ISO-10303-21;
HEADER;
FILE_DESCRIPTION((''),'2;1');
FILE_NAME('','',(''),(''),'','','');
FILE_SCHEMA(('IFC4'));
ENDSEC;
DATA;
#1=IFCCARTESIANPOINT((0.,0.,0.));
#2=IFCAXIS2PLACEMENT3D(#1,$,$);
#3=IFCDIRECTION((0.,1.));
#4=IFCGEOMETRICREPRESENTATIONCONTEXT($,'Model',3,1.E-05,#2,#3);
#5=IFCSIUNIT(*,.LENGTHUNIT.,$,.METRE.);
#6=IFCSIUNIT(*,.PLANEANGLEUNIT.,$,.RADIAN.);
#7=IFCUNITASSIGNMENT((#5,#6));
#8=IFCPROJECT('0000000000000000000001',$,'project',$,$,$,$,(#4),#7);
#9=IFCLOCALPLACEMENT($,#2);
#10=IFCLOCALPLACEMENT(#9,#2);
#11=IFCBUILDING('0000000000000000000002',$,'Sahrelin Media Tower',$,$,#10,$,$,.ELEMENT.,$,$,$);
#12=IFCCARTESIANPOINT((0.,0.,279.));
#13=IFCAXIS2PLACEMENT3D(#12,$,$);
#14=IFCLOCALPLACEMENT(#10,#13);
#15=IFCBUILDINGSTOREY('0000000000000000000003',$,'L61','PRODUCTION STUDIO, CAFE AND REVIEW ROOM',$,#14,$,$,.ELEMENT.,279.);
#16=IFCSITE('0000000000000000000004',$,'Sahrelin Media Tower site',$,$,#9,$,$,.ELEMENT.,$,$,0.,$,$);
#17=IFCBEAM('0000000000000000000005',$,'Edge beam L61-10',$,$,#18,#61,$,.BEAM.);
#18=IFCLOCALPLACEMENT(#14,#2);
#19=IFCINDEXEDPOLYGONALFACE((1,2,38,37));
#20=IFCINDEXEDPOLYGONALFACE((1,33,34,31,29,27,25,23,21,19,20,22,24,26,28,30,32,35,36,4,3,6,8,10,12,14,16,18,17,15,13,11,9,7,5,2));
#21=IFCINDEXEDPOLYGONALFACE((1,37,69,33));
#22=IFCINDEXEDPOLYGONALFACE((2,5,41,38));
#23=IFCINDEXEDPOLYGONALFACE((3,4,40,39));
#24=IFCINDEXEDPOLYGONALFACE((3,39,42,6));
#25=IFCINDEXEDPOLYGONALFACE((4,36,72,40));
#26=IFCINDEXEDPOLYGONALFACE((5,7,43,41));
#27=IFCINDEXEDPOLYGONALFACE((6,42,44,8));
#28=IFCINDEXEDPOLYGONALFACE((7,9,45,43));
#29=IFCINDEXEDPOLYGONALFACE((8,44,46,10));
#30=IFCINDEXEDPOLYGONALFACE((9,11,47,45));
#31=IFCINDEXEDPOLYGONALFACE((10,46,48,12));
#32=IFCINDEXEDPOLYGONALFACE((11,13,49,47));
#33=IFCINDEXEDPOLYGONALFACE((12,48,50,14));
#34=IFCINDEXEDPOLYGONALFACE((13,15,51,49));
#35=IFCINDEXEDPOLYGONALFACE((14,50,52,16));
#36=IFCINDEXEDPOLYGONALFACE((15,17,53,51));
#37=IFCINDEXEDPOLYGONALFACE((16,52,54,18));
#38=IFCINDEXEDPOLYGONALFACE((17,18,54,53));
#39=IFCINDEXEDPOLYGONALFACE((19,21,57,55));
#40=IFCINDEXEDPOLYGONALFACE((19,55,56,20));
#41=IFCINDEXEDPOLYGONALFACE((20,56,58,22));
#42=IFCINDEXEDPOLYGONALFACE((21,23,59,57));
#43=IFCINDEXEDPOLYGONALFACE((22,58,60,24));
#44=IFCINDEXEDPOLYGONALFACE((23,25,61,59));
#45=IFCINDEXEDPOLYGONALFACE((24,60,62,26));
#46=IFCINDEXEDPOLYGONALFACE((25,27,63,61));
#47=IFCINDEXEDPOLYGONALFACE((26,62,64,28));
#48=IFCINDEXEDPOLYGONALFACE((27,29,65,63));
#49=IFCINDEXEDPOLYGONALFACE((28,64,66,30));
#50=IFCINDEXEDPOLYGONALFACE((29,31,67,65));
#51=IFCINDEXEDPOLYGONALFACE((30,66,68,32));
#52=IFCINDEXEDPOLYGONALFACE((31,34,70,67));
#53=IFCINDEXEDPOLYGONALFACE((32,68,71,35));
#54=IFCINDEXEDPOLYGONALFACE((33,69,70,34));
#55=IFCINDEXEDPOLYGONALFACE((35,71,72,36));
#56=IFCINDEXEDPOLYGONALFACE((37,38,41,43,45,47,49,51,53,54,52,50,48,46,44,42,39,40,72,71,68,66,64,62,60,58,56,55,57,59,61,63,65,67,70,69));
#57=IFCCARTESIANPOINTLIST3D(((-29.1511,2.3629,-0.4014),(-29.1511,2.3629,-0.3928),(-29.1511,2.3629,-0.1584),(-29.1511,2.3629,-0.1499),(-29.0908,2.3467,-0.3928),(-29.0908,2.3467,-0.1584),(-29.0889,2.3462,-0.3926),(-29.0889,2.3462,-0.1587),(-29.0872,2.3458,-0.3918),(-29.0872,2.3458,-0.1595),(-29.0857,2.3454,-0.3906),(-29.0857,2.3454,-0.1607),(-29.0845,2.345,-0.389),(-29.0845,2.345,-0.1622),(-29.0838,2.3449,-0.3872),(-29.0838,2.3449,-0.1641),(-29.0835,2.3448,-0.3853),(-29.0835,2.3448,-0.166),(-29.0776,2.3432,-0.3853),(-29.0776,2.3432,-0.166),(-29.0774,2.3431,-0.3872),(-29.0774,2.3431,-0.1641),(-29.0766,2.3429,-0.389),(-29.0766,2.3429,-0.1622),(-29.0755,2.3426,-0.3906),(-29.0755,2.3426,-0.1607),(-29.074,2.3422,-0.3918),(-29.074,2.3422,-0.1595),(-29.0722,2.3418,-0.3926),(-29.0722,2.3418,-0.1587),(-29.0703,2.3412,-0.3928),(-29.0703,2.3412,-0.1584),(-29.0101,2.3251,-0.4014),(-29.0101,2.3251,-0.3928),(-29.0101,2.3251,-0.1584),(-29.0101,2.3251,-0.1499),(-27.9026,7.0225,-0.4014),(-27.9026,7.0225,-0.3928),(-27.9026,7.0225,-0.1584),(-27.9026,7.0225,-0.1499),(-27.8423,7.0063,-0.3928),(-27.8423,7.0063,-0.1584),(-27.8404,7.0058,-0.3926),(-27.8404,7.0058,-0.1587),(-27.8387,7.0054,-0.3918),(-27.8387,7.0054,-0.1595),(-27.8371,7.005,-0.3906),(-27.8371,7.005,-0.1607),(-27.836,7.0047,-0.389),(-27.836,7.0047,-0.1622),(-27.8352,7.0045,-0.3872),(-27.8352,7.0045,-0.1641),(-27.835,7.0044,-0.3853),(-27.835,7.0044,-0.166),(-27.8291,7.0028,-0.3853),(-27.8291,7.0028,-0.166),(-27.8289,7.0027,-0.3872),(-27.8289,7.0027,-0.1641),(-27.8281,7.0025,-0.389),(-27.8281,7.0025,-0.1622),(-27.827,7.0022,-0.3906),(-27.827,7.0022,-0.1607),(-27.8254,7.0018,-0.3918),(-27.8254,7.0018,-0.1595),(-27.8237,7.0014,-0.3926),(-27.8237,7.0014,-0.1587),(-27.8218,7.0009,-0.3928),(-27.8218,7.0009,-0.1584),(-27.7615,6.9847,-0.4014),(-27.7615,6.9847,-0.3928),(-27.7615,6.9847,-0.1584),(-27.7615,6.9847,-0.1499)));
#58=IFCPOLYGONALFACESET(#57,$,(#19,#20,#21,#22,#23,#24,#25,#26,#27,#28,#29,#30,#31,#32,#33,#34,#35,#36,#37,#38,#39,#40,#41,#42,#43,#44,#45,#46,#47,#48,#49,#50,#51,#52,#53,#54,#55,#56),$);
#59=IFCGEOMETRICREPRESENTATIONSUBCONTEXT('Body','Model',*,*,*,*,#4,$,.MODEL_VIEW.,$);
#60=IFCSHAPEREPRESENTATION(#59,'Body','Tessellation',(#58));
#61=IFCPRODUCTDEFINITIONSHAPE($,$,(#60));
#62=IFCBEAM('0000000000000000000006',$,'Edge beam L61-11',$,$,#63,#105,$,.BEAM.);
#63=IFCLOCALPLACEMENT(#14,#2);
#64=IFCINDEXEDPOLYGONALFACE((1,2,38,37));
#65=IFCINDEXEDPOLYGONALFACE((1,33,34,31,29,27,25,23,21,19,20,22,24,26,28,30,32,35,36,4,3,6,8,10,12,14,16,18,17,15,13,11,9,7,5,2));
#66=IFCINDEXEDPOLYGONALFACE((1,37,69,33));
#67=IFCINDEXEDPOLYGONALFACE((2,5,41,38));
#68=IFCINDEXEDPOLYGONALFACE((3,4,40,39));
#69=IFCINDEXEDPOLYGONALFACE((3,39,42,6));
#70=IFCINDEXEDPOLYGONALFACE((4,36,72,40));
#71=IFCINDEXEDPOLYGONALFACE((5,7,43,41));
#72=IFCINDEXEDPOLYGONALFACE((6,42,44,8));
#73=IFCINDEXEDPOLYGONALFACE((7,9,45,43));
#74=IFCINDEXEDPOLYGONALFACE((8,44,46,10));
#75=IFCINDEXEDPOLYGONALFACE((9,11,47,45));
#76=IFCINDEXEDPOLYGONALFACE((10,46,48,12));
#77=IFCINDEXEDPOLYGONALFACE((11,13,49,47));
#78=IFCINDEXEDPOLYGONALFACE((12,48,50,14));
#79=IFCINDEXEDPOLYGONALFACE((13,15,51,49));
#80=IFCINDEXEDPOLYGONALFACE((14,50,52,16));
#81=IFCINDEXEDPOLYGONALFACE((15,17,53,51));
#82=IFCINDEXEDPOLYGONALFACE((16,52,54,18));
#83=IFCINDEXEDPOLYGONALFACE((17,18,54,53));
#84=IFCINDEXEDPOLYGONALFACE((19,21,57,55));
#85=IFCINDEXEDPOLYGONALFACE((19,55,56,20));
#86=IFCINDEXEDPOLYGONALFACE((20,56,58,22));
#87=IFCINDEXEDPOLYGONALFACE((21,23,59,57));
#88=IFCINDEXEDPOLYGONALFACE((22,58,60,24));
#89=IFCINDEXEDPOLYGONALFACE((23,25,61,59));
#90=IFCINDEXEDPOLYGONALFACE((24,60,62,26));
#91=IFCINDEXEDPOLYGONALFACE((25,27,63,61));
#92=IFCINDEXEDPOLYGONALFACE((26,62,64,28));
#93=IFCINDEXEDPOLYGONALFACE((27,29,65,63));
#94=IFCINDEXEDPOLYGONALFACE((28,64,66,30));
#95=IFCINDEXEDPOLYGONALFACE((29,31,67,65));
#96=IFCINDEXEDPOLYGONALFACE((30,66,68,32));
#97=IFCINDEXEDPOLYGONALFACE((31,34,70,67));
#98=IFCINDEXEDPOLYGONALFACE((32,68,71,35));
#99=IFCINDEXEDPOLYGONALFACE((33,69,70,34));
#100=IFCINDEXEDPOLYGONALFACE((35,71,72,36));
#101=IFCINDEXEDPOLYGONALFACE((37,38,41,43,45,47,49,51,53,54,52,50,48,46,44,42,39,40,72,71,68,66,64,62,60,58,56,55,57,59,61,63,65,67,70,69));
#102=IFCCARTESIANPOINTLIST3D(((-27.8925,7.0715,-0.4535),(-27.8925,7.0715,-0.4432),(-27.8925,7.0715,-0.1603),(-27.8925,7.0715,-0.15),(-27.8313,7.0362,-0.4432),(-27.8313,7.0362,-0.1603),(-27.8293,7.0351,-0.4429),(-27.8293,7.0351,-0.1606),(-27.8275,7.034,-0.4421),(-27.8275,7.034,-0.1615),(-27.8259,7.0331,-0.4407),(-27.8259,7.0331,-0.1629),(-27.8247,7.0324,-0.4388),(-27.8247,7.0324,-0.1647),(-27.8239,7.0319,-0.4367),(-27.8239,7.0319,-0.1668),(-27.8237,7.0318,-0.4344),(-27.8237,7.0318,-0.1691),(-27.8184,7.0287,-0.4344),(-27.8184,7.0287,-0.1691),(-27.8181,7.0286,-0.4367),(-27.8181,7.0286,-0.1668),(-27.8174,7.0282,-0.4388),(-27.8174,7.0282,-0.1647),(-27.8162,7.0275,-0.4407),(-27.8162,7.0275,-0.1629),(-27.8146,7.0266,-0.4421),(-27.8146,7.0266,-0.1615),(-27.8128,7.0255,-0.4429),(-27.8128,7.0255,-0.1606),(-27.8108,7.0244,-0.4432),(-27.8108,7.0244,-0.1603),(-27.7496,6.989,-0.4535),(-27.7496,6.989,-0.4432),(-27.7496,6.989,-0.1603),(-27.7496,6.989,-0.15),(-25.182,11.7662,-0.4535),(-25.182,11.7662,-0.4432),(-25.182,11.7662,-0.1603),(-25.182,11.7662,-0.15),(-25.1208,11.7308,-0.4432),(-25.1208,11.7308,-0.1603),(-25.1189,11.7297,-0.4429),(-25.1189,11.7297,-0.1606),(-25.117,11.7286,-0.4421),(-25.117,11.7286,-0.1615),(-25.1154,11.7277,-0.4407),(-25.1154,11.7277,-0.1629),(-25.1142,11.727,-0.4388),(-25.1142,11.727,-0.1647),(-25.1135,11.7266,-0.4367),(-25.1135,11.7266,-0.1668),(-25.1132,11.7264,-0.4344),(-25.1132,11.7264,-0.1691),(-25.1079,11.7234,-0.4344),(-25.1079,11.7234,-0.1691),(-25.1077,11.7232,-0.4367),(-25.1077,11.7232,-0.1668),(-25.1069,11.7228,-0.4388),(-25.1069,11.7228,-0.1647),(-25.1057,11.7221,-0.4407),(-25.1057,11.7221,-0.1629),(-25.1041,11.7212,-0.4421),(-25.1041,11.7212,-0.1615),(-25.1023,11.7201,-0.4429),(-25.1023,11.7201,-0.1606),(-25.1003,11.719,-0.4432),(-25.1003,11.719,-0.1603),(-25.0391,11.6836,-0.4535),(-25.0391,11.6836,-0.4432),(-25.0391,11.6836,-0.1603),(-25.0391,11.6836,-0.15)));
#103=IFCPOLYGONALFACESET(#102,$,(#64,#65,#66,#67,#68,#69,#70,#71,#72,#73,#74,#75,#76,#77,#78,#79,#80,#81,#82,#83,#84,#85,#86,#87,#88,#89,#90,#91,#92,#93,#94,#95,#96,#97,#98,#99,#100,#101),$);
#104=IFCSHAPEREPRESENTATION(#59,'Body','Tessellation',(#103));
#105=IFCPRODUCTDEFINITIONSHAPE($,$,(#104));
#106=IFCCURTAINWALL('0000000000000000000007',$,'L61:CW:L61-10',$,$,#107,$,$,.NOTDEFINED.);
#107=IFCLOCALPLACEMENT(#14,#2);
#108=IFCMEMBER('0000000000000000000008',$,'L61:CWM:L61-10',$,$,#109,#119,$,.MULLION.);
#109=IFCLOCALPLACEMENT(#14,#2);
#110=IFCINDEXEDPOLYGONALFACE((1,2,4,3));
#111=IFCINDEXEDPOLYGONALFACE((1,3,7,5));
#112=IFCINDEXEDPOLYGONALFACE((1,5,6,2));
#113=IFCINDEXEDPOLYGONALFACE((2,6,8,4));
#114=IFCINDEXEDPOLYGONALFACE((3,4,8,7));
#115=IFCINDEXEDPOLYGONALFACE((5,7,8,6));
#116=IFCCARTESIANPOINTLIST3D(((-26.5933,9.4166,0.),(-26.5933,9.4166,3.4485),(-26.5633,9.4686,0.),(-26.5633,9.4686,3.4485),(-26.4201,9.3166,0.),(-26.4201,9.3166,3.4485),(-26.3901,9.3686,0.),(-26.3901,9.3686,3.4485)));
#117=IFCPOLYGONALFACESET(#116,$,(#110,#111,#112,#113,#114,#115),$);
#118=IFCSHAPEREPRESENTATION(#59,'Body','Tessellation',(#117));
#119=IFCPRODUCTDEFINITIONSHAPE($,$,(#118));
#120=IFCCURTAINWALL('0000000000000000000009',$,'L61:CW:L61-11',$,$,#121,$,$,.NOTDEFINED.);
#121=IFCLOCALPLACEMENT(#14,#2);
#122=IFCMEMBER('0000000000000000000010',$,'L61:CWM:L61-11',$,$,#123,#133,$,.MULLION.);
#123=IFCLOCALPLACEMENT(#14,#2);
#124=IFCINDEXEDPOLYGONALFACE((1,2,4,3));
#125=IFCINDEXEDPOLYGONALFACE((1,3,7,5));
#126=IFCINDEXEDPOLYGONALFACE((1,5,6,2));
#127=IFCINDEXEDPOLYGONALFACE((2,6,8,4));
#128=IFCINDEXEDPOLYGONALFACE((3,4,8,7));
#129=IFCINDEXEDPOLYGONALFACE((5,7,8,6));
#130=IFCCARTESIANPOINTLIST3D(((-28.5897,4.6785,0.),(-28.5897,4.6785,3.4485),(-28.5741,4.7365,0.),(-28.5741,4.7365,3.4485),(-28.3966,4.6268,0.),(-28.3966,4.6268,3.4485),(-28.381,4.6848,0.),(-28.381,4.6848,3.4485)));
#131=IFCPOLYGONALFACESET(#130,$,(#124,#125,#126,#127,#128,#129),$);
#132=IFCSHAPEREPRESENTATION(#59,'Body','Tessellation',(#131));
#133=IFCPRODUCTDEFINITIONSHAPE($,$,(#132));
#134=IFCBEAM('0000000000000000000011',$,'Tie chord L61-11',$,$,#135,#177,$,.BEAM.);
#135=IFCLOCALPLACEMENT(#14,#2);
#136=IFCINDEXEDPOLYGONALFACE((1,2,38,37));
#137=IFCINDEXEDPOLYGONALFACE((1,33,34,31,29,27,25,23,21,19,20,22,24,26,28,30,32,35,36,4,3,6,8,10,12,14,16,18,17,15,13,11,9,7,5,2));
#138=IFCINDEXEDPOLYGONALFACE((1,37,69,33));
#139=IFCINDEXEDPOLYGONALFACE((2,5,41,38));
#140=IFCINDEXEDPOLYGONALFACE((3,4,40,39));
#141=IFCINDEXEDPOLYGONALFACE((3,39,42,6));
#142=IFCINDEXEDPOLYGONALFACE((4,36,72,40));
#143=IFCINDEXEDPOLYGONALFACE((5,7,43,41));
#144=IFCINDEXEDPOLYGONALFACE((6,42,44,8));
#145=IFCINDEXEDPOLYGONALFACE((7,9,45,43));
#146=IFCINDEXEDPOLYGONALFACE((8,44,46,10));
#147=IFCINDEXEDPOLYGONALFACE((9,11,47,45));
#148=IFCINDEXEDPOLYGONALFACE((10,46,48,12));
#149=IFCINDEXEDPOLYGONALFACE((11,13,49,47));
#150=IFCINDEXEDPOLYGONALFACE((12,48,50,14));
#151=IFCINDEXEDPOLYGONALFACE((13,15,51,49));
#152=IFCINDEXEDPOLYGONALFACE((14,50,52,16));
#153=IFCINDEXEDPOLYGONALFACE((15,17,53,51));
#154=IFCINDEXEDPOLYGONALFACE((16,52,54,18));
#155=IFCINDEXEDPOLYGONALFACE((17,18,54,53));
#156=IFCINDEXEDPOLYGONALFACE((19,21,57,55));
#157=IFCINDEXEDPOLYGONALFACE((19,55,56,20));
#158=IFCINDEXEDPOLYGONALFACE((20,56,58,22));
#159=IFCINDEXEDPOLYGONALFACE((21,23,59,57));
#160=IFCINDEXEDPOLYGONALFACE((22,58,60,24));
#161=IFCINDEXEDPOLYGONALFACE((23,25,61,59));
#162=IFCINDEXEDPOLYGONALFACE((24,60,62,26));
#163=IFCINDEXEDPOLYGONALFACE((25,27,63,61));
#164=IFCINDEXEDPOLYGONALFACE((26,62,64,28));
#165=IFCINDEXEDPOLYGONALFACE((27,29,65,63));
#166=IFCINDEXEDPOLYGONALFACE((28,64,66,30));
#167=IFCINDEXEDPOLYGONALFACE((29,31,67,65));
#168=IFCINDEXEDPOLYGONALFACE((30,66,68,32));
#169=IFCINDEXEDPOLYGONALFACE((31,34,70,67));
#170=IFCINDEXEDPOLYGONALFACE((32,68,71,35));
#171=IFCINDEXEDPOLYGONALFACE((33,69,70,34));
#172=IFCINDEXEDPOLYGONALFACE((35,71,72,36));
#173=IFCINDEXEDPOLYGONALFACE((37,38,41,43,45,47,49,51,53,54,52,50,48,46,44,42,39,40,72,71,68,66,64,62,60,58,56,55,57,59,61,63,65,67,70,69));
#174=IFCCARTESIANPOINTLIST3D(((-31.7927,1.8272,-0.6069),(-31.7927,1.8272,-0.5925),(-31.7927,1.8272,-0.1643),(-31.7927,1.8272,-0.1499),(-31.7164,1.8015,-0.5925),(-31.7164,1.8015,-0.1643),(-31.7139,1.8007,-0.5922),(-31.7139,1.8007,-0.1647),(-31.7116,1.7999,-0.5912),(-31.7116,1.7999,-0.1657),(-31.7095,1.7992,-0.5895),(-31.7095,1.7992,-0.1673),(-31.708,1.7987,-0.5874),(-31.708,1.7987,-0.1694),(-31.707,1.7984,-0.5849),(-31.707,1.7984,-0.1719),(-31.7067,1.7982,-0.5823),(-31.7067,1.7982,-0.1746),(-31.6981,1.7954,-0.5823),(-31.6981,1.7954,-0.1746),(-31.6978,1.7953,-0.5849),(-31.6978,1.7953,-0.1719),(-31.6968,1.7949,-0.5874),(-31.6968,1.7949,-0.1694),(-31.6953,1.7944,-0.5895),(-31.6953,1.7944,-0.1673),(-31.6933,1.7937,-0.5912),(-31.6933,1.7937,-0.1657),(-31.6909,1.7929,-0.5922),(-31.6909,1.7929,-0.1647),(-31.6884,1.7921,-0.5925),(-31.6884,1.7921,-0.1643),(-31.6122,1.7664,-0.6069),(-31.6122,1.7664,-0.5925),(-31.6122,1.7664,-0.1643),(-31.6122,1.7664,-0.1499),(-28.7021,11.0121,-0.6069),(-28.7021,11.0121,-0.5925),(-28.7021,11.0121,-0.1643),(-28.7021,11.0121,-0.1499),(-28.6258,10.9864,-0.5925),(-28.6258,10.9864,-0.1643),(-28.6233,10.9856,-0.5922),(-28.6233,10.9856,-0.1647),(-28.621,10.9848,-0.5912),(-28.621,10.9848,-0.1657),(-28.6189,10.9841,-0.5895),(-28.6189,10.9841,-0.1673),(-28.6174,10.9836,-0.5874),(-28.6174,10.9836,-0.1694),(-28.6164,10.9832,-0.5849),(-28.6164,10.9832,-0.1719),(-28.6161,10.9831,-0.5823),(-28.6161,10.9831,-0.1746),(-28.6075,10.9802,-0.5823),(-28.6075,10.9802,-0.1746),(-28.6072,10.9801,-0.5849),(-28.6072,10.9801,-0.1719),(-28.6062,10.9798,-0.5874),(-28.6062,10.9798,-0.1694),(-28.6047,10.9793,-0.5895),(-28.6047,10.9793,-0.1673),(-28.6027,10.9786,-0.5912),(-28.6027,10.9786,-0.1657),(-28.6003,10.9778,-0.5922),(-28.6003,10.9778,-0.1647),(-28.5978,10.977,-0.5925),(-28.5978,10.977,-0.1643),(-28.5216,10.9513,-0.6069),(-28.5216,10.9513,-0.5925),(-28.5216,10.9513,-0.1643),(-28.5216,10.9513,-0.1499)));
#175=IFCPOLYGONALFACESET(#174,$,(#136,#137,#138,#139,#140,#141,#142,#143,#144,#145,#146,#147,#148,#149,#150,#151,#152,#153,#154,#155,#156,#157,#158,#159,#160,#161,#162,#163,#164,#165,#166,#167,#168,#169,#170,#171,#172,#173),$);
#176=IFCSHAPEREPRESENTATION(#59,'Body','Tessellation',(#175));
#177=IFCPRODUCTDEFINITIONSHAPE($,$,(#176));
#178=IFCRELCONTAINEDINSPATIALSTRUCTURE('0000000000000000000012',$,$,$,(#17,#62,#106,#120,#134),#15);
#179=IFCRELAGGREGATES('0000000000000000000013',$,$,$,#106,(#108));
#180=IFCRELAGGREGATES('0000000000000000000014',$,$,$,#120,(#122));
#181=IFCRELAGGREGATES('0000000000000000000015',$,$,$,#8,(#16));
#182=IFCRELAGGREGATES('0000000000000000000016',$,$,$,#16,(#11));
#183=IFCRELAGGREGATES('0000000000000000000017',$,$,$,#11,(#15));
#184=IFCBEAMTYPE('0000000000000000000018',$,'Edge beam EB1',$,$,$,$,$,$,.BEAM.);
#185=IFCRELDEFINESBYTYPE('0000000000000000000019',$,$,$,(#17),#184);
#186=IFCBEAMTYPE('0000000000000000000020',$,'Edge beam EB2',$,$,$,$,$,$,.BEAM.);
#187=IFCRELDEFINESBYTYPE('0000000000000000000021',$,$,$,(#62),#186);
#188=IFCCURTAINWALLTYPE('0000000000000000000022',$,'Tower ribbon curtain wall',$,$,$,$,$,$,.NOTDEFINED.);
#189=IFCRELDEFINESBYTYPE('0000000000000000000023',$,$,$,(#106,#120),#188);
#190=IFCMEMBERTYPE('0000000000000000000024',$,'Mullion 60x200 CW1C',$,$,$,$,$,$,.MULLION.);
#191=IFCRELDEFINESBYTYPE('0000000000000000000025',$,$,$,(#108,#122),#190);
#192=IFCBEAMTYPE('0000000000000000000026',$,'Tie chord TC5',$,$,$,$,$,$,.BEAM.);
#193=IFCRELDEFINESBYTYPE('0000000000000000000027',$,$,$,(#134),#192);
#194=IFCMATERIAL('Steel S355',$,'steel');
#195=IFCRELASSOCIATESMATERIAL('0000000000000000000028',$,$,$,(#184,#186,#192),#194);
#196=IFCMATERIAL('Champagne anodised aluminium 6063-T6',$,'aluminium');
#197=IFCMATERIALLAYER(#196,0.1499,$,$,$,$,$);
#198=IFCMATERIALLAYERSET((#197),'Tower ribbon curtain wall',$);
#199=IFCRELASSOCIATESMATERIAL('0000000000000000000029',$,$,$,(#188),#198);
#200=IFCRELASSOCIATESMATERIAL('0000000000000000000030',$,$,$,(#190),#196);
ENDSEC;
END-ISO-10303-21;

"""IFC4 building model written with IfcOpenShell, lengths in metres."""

from ifc_helpers import new_model, si_unit, direction, frame, origin, origin_2d, place, context, subcontext, project, spatial, rectangle, i_section, extrude, material, layer, layer_set, material_profile, profile_set, type_object, element, aggregate, save


model = new_model("IFC4")

# Units and contexts
model_context = context("Model", 3, precision=1e-05, world=origin(), true_north=direction((0.0, 1.0)))
body_context = subcontext(model_context, "Body", "Model", "MODEL_VIEW")
ifc_project = project(units=[si_unit("LENGTHUNIT", "METRE"), si_unit("PLANEANGLEUNIT", "RADIAN")], contexts=[model_context])

# Site, building, storey
site_placement = place(None, origin())
site = spatial("IfcSite", under=ifc_project, at=site_placement, Name="Sahrelin Media Tower site", CompositionType="ELEMENT", RefElevation=0.0)
building_placement = place(site_placement, origin())
building = spatial("IfcBuilding", under=site, at=building_placement, Name="Sahrelin Media Tower", CompositionType="ELEMENT")
storey_placement = place(building_placement, frame((0.0, 0.0, 279.0)))
storey = spatial("IfcBuildingStorey", under=building, at=storey_placement, Name="L61", Description="PRODUCTION STUDIO, CAFE AND REVIEW ROOM", CompositionType="ELEMENT", Elevation=279.0)

# Beams
ifc_material_1 = material(Name="Steel S355", Category="steel")
ifc_material_profile_1 = material_profile(ifc_material_1, i_section(OverallWidth=0.146, OverallDepth=0.2515, WebThickness=0.0061, FlangeThickness=0.0085, FilletRadius=0.0076, at=origin_2d()), Name="UB 254x146x31")
ifc_profile_set_1 = profile_set([ifc_material_profile_1], Name="Steel S355")
beam_type_1 = type_object("IfcBeamType", Name="Edge beam EB1", PredefinedType="BEAM", material=ifc_profile_set_1)
beam_1_placement = place(storey_placement, frame((-29.0806, 2.344, -0.2756), z_axis=(0.258815, 0.965927, 0.0), x_axis=(-0.965927, 0.258815, 0.0)))
element("IfcBeam", 1, at=beam_1_placement, inside=storey, type_object=beam_type_1, Name="Edge beam L61-10", PredefinedType="BEAM", context=body_context, shape_type="SweptSolid", body=[
    extrude(i_section(OverallWidth=0.146, OverallDepth=0.2515, WebThickness=0.0061, FlangeThickness=0.0085, FilletRadius=0.0076, at=origin_2d()), origin(), (0.0, 0.0, 1.0), 4.824),
])
ifc_material_profile_2 = material_profile(ifc_material_1, i_section(OverallWidth=0.165, OverallDepth=0.3035, WebThickness=0.0061, FlangeThickness=0.0103, FilletRadius=0.0088, at=origin_2d()), Name="UB 305x165x40")
ifc_profile_set_2 = profile_set([ifc_material_profile_2], Name="Steel S355")
beam_type_2 = type_object("IfcBeamType", Name="Edge beam EB2", PredefinedType="BEAM", material=ifc_profile_set_2)
beam_2_placement = place(storey_placement, frame((-27.821, 7.0303, -0.3018), z_axis=(0.500004, 0.866023, 0.0), x_axis=(-0.866023, 0.500004, 0.0)))
element("IfcBeam", 2, at=beam_2_placement, inside=storey, type_object=beam_type_2, Name="Edge beam L61-11", PredefinedType="BEAM", context=body_context, shape_type="SweptSolid", body=[
    extrude(i_section(OverallWidth=0.165, OverallDepth=0.3035, WebThickness=0.0061, FlangeThickness=0.0103, FilletRadius=0.0088, at=origin_2d()), origin(), (0.0, 0.0, 1.0), 5.4209),
])

# Curtain walls, members
ifc_material_2 = material(Name="Champagne anodised aluminium 6063-T6", Category="aluminium")
ifc_layer_1 = layer(ifc_material_2, 0.1499)
ifc_layer_set_1 = layer_set([ifc_layer_1], Name="Tower ribbon curtain wall")
curtain_wall_type = type_object("IfcCurtainWallType", Name="Tower ribbon curtain wall", PredefinedType="NOTDEFINED", material=ifc_layer_set_1)
curtain_wall_1_placement = place(storey_placement, frame((-26.5957, 9.4524, 0.0), z_axis=(0.0, 0.0, 1.0), x_axis=(1.0, 0.0, 0.0)))
curtain_wall_1 = element("IfcCurtainWall", 3, at=curtain_wall_1_placement, inside=storey, type_object=curtain_wall_type, Name="L61:CW:L61-10", PredefinedType="NOTDEFINED")
ifc_material_profile_3 = material_profile(ifc_material_2, rectangle(XDim=0.0601, YDim=0.2, at=origin_2d()), Name="Mullion 60x200")
ifc_profile_set_3 = profile_set([ifc_material_profile_3], Name="Champagne anodised aluminium 6063-T6")
member_type_1 = type_object("IfcMemberType", Name="Mullion 60x200 CW1C", PredefinedType="MULLION", material=ifc_profile_set_3)
member_1_placement = place(storey_placement, frame((-26.4917, 9.3926, 0.0), z_axis=(0.0, 0.0, 1.0), x_axis=(-0.499997, -0.866027, 0.0)))
member_1 = element("IfcMember", 4, at=member_1_placement, type_object=member_type_1, Name="L61:CWM:L61-10", PredefinedType="MULLION", context=body_context, shape_type="SweptSolid", body=[
    extrude(rectangle(XDim=0.0601, YDim=0.2, at=origin_2d()), origin(), (0.0, 0.0, 1.0), 3.4485),
])
aggregate(curtain_wall_1, [member_1])
curtain_wall_2_placement = place(storey_placement, frame((-28.6013, 4.7126, 0.0), z_axis=(0.0, 0.0, 1.0), x_axis=(1.0, 0.0, 0.0)))
curtain_wall_2 = element("IfcCurtainWall", 5, at=curtain_wall_2_placement, inside=storey, type_object=curtain_wall_type, Name="L61:CW:L61-11", PredefinedType="NOTDEFINED")
member_2_placement = place(storey_placement, frame((-28.4854, 4.6816, 0.0), z_axis=(0.0, 0.0, 1.0), x_axis=(-0.258829, -0.965923, 0.0)))
member_2 = element("IfcMember", 6, at=member_2_placement, type_object=member_type_1, Name="L61:CWM:L61-11", PredefinedType="MULLION", context=body_context, shape_type="SweptSolid", body=[
    extrude(rectangle(XDim=0.0601, YDim=0.2, at=origin_2d()), origin(), (0.0, 0.0, 1.0), 3.4485),
])

# Beam
ifc_material_profile_4 = material_profile(ifc_material_1, i_section(OverallWidth=0.1904, OverallDepth=0.457, WebThickness=0.009, FlangeThickness=0.0144, FilletRadius=0.0103, at=origin_2d()), Name="UB 457x191x74")
ifc_profile_set_4 = profile_set([ifc_material_profile_4], Name="Steel S355")
beam_type_3 = type_object("IfcBeamType", Name="Tie chord TC5", PredefinedType="BEAM", material=ifc_profile_set_4)
beam_3_placement = place(storey_placement, frame((-28.6118, 10.9817, -0.3784), z_axis=(-0.318917, -0.947783, 0.0), x_axis=(0.947783, -0.318917, 0.0)))
element("IfcBeam", 7, at=beam_3_placement, inside=storey, type_object=beam_type_3, Name="Tie chord L61-11", PredefinedType="BEAM", context=body_context, shape_type="SweptSolid", body=[
    extrude(i_section(OverallWidth=0.1904, OverallDepth=0.457, WebThickness=0.009, FlangeThickness=0.0144, FilletRadius=0.0103, at=origin_2d()), origin(), (0.0, 0.0, 1.0), 9.6909),
])

aggregate(curtain_wall_2, [member_2])

save(model, "model.ifc")
